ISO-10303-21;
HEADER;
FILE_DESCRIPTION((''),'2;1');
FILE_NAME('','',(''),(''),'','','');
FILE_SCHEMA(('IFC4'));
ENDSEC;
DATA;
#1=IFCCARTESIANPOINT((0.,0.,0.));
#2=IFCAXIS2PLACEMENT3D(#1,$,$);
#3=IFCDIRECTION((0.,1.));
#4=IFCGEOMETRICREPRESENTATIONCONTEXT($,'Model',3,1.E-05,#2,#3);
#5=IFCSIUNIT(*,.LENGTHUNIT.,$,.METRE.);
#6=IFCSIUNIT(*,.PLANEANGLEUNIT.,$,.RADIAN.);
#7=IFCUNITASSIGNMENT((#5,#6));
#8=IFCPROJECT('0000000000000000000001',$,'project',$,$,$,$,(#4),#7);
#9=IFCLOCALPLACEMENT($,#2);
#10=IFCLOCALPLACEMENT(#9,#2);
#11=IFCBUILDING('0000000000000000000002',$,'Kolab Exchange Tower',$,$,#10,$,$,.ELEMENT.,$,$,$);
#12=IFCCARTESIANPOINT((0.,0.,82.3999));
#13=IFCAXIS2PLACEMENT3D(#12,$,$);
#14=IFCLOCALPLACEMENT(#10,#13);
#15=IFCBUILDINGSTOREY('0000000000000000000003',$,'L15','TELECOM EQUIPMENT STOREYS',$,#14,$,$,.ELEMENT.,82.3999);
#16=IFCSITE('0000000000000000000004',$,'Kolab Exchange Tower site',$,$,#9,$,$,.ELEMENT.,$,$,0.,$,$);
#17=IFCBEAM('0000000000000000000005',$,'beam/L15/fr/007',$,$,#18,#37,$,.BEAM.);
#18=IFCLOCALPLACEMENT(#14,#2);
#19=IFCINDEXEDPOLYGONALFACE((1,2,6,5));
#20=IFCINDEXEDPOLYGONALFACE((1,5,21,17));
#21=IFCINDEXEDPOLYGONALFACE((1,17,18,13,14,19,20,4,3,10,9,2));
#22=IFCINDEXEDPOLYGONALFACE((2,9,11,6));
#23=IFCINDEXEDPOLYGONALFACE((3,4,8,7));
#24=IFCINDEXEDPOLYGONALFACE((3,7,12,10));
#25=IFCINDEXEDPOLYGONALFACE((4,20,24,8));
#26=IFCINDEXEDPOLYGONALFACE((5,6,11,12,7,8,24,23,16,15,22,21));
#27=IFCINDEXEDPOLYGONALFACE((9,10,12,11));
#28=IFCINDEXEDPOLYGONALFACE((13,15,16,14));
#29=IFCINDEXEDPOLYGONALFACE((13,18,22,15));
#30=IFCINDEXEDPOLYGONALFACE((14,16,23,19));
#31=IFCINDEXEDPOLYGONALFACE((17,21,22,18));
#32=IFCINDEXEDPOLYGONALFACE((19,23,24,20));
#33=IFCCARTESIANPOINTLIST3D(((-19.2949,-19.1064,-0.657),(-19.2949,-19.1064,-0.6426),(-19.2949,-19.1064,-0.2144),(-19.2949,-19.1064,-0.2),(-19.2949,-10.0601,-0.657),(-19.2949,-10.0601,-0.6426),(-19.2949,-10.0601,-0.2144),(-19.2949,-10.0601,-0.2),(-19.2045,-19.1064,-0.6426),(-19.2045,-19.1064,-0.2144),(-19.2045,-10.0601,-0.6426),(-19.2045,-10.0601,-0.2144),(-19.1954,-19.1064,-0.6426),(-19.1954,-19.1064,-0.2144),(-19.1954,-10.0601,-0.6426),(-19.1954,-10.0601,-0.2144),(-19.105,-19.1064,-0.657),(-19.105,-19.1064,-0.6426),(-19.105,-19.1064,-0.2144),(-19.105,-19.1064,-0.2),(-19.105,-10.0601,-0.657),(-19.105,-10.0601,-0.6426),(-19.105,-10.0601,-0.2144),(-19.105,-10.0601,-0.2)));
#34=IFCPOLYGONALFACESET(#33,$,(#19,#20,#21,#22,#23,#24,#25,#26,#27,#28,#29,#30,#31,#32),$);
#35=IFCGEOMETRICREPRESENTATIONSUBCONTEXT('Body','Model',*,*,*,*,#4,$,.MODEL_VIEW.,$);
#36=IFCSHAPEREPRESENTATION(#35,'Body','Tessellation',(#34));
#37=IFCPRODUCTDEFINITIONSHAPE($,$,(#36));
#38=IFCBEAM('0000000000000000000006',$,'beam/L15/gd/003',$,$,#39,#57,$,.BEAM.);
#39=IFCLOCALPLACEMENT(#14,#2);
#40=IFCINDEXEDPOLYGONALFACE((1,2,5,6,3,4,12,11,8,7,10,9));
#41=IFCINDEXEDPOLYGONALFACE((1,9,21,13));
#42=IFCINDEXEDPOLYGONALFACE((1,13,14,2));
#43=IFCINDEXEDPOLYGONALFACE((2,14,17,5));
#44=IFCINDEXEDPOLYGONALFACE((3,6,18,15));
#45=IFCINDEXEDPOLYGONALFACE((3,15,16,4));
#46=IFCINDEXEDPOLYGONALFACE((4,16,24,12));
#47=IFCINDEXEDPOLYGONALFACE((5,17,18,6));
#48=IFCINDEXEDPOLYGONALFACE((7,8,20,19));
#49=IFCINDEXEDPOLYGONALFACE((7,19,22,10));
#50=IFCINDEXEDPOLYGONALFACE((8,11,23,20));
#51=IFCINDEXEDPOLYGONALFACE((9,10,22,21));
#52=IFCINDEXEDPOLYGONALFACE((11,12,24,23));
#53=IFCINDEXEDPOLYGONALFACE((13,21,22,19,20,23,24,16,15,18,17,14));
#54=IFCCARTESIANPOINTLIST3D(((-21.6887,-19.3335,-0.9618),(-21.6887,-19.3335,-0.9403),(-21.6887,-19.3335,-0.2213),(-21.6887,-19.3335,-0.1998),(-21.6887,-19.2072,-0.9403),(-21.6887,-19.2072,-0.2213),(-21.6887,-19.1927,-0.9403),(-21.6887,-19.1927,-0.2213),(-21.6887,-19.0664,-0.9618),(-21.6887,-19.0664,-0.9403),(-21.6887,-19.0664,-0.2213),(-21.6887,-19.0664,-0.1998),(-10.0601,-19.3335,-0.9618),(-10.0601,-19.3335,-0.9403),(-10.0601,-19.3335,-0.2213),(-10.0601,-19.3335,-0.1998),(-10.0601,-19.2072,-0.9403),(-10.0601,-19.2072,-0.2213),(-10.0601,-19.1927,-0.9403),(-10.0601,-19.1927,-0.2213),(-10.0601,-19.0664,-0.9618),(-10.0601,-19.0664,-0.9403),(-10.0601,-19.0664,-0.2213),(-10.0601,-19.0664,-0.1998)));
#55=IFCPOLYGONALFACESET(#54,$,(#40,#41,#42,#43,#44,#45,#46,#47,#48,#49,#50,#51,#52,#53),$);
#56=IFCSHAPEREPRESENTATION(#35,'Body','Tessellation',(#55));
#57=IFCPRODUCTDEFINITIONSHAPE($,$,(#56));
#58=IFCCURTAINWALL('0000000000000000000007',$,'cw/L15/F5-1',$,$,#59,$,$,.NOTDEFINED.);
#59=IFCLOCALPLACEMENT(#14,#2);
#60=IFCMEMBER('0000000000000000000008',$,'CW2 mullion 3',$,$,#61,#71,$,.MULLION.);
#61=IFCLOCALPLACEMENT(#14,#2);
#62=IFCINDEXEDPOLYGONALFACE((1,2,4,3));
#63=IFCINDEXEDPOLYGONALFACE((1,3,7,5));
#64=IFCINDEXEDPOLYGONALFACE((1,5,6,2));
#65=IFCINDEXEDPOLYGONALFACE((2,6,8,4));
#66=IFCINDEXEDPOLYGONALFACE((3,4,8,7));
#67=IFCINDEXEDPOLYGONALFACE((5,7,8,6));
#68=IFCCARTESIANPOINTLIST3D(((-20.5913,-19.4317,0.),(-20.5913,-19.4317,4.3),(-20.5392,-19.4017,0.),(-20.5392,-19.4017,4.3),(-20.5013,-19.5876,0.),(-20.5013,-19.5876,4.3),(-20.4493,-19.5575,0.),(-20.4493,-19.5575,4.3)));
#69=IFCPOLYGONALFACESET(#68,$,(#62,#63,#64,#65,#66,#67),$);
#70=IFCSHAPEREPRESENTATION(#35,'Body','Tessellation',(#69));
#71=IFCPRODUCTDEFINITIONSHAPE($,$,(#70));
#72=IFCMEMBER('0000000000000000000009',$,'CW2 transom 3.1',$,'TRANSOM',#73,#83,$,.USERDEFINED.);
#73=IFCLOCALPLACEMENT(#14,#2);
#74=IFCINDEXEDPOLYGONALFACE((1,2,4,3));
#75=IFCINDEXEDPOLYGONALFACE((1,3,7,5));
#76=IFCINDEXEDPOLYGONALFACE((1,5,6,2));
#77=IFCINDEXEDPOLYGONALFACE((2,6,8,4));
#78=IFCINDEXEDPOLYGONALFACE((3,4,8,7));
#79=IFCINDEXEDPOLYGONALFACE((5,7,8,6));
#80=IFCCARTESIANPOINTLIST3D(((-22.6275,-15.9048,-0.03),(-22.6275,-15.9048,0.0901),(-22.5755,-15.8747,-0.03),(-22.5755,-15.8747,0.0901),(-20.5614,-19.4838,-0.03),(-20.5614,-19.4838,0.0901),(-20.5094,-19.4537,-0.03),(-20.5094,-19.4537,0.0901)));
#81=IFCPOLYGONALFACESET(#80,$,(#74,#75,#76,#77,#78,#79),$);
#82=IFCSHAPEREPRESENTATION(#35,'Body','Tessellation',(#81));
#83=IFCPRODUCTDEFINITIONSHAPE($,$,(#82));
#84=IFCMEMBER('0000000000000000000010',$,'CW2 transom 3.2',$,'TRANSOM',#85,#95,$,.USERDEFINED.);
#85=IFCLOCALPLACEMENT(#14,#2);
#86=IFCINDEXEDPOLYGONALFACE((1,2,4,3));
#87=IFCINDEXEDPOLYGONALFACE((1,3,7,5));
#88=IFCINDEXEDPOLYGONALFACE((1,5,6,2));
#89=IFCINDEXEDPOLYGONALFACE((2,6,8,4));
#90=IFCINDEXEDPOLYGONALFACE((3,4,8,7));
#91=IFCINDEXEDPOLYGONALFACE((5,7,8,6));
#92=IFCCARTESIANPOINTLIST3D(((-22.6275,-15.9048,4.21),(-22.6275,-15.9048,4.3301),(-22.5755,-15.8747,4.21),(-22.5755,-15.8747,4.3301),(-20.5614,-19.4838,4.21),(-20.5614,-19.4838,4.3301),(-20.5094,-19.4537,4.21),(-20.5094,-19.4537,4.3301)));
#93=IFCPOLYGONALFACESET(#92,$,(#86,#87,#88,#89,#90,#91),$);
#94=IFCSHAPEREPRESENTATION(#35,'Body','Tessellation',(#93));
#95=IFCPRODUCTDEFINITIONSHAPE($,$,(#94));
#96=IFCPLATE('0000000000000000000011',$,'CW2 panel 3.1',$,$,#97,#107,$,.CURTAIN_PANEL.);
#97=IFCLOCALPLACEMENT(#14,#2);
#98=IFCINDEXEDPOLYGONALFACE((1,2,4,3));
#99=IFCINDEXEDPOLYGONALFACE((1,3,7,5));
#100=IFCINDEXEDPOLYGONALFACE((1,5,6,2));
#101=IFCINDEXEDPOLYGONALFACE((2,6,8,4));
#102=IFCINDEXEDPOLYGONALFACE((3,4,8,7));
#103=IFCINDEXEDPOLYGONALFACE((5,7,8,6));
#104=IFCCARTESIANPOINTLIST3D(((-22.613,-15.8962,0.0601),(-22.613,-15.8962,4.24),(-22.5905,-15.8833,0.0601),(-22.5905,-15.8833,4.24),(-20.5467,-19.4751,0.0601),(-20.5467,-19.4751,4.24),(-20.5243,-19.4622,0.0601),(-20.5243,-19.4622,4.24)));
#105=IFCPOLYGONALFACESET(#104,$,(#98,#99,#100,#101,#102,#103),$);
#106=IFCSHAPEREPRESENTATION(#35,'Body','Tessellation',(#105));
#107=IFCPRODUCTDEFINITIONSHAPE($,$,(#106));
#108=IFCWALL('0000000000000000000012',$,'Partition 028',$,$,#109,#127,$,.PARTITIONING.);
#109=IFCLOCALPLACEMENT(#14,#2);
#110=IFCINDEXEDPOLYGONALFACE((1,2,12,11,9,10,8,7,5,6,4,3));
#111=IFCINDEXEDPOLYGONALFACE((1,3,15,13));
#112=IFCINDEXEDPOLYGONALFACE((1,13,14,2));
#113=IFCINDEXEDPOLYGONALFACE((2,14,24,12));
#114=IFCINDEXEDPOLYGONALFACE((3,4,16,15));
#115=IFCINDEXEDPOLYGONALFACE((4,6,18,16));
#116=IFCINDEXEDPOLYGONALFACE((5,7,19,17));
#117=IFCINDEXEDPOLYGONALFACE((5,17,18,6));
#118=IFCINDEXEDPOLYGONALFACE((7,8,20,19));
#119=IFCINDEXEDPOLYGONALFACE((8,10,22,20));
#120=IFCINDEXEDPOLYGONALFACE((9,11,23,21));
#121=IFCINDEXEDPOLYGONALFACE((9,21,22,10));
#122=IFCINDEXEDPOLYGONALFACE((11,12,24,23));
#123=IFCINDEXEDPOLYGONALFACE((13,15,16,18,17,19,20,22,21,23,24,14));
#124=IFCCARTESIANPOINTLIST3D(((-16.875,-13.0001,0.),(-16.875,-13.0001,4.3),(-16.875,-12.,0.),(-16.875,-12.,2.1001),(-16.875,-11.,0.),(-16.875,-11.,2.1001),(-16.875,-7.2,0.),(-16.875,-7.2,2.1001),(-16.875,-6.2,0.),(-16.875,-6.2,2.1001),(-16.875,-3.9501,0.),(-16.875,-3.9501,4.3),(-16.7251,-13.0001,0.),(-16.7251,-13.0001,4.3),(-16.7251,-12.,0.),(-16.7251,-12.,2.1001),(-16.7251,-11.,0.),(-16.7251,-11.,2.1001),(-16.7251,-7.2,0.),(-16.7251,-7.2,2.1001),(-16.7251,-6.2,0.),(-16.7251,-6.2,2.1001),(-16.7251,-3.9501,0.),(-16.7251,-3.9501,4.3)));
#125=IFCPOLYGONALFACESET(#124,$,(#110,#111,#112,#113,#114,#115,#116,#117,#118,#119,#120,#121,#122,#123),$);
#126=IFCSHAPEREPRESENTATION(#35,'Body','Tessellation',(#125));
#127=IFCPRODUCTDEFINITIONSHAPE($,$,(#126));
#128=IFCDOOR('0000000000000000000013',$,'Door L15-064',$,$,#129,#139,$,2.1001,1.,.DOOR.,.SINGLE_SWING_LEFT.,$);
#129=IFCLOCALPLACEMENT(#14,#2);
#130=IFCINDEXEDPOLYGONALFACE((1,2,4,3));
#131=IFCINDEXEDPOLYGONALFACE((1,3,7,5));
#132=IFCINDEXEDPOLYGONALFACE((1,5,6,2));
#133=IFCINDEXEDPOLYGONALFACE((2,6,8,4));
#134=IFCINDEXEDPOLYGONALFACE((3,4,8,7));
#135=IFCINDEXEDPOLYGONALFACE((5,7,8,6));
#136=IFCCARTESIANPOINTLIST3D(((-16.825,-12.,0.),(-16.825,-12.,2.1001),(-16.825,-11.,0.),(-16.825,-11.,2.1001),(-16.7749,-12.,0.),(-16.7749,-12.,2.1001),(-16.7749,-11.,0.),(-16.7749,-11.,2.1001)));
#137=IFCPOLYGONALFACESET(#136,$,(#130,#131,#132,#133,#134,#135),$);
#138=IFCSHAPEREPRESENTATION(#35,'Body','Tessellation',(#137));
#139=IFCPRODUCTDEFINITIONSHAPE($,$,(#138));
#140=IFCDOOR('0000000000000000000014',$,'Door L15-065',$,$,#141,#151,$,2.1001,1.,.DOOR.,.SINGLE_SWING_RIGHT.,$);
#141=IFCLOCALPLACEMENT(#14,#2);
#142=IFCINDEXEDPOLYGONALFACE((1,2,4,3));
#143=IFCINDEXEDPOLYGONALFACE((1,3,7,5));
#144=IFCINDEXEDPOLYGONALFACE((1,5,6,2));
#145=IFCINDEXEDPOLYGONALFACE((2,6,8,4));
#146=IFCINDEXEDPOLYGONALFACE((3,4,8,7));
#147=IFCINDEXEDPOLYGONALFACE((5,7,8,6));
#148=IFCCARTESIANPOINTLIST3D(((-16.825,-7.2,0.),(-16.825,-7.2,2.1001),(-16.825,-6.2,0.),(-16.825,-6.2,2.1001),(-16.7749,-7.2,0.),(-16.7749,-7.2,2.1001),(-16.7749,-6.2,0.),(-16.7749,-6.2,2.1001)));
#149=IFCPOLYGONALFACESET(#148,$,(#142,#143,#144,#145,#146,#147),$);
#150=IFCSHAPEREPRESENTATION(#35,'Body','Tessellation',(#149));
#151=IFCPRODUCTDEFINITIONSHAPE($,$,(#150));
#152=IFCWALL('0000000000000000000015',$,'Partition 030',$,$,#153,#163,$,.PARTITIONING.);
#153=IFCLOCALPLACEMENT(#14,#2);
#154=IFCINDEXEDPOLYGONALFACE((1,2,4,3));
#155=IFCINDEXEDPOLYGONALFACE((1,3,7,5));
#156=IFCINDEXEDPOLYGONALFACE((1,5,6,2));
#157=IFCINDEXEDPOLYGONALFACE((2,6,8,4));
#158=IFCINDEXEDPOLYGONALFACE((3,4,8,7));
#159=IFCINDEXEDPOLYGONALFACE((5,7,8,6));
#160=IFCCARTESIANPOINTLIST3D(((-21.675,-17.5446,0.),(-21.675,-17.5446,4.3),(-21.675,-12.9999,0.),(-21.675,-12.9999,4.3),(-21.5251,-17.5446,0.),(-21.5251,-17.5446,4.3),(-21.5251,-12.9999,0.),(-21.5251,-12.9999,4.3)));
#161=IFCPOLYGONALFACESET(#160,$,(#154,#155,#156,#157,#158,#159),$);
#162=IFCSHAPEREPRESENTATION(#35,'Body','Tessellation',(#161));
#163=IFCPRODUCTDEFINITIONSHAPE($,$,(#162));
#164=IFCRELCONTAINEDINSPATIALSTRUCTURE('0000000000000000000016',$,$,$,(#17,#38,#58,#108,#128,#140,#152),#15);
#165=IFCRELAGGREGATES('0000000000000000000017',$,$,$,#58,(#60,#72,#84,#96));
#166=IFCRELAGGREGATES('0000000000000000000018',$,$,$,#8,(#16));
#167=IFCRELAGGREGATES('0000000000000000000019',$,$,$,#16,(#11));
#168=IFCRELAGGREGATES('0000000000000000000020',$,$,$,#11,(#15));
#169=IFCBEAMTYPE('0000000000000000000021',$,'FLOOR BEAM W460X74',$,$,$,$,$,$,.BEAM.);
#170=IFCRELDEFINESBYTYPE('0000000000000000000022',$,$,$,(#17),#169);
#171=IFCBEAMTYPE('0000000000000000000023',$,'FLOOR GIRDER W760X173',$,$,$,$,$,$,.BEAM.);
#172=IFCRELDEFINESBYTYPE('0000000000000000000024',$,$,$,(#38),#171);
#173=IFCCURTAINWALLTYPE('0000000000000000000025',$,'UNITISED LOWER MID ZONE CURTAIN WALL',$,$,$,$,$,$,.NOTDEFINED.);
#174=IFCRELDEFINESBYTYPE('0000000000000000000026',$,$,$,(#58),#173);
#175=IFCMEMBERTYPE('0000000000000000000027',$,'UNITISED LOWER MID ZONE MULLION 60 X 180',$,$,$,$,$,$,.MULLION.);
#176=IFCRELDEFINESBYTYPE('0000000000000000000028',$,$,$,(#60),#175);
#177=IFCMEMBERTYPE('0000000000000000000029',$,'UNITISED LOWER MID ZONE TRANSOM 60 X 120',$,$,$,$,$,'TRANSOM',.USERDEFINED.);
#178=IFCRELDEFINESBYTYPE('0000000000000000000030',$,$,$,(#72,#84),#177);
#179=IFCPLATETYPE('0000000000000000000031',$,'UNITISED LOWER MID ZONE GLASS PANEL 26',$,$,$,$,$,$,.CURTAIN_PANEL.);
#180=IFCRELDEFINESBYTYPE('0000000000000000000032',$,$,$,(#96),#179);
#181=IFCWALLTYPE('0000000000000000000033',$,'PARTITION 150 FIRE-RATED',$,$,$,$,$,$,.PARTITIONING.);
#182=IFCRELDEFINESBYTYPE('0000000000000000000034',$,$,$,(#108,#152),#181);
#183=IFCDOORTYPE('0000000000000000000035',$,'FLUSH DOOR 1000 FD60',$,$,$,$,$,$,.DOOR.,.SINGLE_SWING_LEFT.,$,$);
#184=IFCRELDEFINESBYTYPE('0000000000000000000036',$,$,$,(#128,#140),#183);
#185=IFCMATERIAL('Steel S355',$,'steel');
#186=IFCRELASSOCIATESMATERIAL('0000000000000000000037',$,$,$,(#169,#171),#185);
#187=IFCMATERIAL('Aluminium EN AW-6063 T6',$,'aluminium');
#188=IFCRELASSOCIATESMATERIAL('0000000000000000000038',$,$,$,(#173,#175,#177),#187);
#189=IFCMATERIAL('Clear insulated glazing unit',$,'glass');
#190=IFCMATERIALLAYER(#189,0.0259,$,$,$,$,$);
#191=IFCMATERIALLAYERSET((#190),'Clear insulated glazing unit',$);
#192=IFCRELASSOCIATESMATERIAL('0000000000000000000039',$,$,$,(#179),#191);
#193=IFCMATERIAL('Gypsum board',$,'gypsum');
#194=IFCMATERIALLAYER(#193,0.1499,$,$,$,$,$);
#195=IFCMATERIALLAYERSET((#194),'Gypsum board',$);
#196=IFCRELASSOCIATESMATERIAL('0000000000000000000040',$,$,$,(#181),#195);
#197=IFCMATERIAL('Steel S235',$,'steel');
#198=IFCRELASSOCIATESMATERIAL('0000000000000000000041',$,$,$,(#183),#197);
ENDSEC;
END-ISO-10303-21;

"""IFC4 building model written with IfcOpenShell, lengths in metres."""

from ifc_helpers import new_model, si_unit, direction, frame, frame_2d, origin, origin_2d, place, context, subcontext, project, spatial, rectangle, i_section, extrude, material, layer, layer_set, material_profile, profile_set, type_object, element, fill, aggregate, save


model = new_model("IFC4")

# Units and contexts
model_context = context("Model", 3, precision=1e-05, world=origin(), true_north=direction((0.0, 1.0)))
body_context = subcontext(model_context, "Body", "Model", "MODEL_VIEW")
ifc_project = project(units=[si_unit("LENGTHUNIT", "METRE"), si_unit("PLANEANGLEUNIT", "RADIAN")], contexts=[model_context])

# Site, building, storey
site_placement = place(None, origin())
site = spatial("IfcSite", under=ifc_project, at=site_placement, Name="Kolab Exchange Tower site", CompositionType="ELEMENT", RefElevation=0.0)
building_placement = place(site_placement, origin())
building = spatial("IfcBuilding", under=site, at=building_placement, Name="Kolab Exchange Tower", CompositionType="ELEMENT")
storey_placement = place(building_placement, frame((0.0, 0.0, 82.3999)))
storey = spatial("IfcBuildingStorey", under=building, at=storey_placement, Name="L15", Description="TELECOM EQUIPMENT STOREYS", CompositionType="ELEMENT", Elevation=82.3999)

# Beams
ifc_material_1 = material(Name="Steel S355", Category="steel")
ifc_material_profile_1 = material_profile(ifc_material_1, i_section(OverallWidth=0.1899, OverallDepth=0.457, WebThickness=0.009, FlangeThickness=0.0144, at=origin_2d()), Name="W460X74")
ifc_profile_set_1 = profile_set([ifc_material_profile_1], Name="Steel S355")
beam_type_1 = type_object("IfcBeamType", Name="FLOOR BEAM W460X74", PredefinedType="BEAM", material=ifc_profile_set_1)
beam_1_placement = place(storey_placement, frame((-19.2, -19.1064, -0.4285), z_axis=(0.0, 1.0, 0.0), x_axis=(-1.0, 0.0, 0.0)))
element("IfcBeam", 1, at=beam_1_placement, inside=storey, type_object=beam_type_1, Name="beam/L15/fr/007", PredefinedType="BEAM", context=body_context, shape_type="SweptSolid", body=[
    extrude(i_section(OverallWidth=0.1899, OverallDepth=0.457, WebThickness=0.009, FlangeThickness=0.0144, at=origin_2d()), origin(), (0.0, 0.0, 1.0), 9.0464),
])
ifc_material_profile_2 = material_profile(ifc_material_1, i_section(OverallWidth=0.2671, OverallDepth=0.762, WebThickness=0.0144, FlangeThickness=0.0215, at=origin_2d()), Name="W760X173")
ifc_profile_set_2 = profile_set([ifc_material_profile_2], Name="Steel S355")
beam_type_2 = type_object("IfcBeamType", Name="FLOOR GIRDER W760X173", PredefinedType="BEAM", material=ifc_profile_set_2)
beam_2_placement = place(storey_placement, frame((-21.6887, -19.2, -0.5808), z_axis=(1.0, 0.0, 0.0), x_axis=(0.0, 1.0, 0.0)))
element("IfcBeam", 2, at=beam_2_placement, inside=storey, type_object=beam_type_2, Name="beam/L15/gd/003", PredefinedType="BEAM", context=body_context, shape_type="SweptSolid", body=[
    extrude(i_section(OverallWidth=0.2671, OverallDepth=0.762, WebThickness=0.0144, FlangeThickness=0.0215, at=origin_2d()), origin(), (0.0, 0.0, 1.0), 11.6287),
])

# Curtain wall, members, plate
ifc_material_2 = material(Name="Aluminium EN AW-6063 T6", Category="aluminium")
curtain_wall_type = type_object("IfcCurtainWallType", Name="UNITISED LOWER MID ZONE CURTAIN WALL", PredefinedType="NOTDEFINED", material=ifc_material_2)
curtain_wall_placement = place(storey_placement, origin())
curtain_wall = element("IfcCurtainWall", 3, at=curtain_wall_placement, inside=storey, type_object=curtain_wall_type, Name="cw/L15/F5-1", PredefinedType="NOTDEFINED")
ifc_material_profile_3 = material_profile(ifc_material_2, rectangle(XDim=0.0601, YDim=0.1799, at=origin_2d()), Name="RECT 60X180")
ifc_profile_set_3 = profile_set([ifc_material_profile_3], Name="Aluminium EN AW-6063 T6")
member_type_1 = type_object("IfcMemberType", Name="UNITISED LOWER MID ZONE MULLION 60 X 180", PredefinedType="MULLION", material=ifc_profile_set_3)
member_1_placement = place(storey_placement, frame((-20.5203, -19.4946, 0.0), z_axis=(0.0, 0.0, 1.0), x_axis=(-0.866025, -0.5, 0.0)))
member_1 = element("IfcMember", 4, at=member_1_placement, type_object=member_type_1, Name="CW2 mullion 3", PredefinedType="MULLION", context=body_context, shape_type="SweptSolid", body=[
    extrude(rectangle(XDim=0.0601, YDim=0.1799, at=origin_2d()), origin(), (0.0, 0.0, 1.0), 4.3),
])
ifc_material_profile_4 = material_profile(ifc_material_2, rectangle(XDim=0.0601, YDim=0.1201, at=origin_2d()), Name="RECT 60X120")
ifc_profile_set_4 = profile_set([ifc_material_profile_4], Name="Aluminium EN AW-6063 T6")
member_type_2 = type_object("IfcMemberType", Name="UNITISED LOWER MID ZONE TRANSOM 60 X 120", ElementType="TRANSOM", PredefinedType="USERDEFINED", material=ifc_profile_set_4)
member_2_placement = place(storey_placement, frame((-20.5354, -19.4688, 0.03), z_axis=(-0.499958, 0.86605, 0.0), x_axis=(-0.86605, -0.499958, 0.0)))
member_2 = element("IfcMember", 5, at=member_2_placement, type_object=member_type_2, Name="CW2 transom 3.1", ObjectType="TRANSOM", PredefinedType="USERDEFINED", context=body_context, shape_type="SweptSolid", body=[
    extrude(rectangle(XDim=0.0601, YDim=0.1201, at=origin_2d()), origin(), (0.0, 0.0, 1.0), 4.1326),
])
member_3_placement = place(storey_placement, frame((-20.5354, -19.4688, 4.27), z_axis=(-0.499958, 0.86605, 0.0), x_axis=(-0.86605, -0.499958, 0.0)))
member_3 = element("IfcMember", 6, at=member_3_placement, type_object=member_type_2, Name="CW2 transom 3.2", ObjectType="TRANSOM", PredefinedType="USERDEFINED", context=body_context, shape_type="SweptSolid", body=[
    extrude(rectangle(XDim=0.0601, YDim=0.1201, at=origin_2d()), origin(), (0.0, 0.0, 1.0), 4.1326),
])
ifc_material_3 = material(Name="Clear insulated glazing unit", Category="glass")
ifc_layer_1 = layer(ifc_material_3, 0.0259)
ifc_layer_set_1 = layer_set([ifc_layer_1], Name="Clear insulated glazing unit")
plate_type = type_object("IfcPlateType", Name="UNITISED LOWER MID ZONE GLASS PANEL 26", PredefinedType="CURTAIN_PANEL", material=ifc_layer_set_1)
plate_placement = place(storey_placement, frame((-21.5686, -17.6792, 0.0601), z_axis=(0.0, 0.0, 1.0), x_axis=(-0.5, 0.866025, 0.0)))
plate = element("IfcPlate", 7, at=plate_placement, type_object=plate_type, Name="CW2 panel 3.1", PredefinedType="CURTAIN_PANEL", context=body_context, shape_type="SweptSolid", body=[
    extrude(rectangle(XDim=4.1326, YDim=0.0259, at=origin_2d()), origin(), (0.0, 0.0, 1.0), 4.1799),
])
aggregate(curtain_wall, [member_1, member_2, member_3, plate])

# Wall, openings, doors
ifc_material_4 = material(Name="Gypsum board", Category="gypsum")
ifc_layer_2 = layer(ifc_material_4, 0.1499)
ifc_layer_set_2 = layer_set([ifc_layer_2], Name="Gypsum board")
wall_type = type_object("IfcWallType", Name="PARTITION 150 FIRE-RATED", PredefinedType="PARTITIONING", material=ifc_layer_set_2)
wall_1_placement = place(storey_placement, frame((-16.8, -13.0, 0.0), z_axis=(0.0, 0.0, 1.0), x_axis=(0.0, 1.0, 0.0)))
wall_1 = element("IfcWall", 8, at=wall_1_placement, inside=storey, type_object=wall_type, Name="Partition 028", PredefinedType="PARTITIONING", context=body_context, shape_type="SweptSolid", body=[
    extrude(rectangle(XDim=9.05, YDim=0.1499, at=frame_2d((4.5249, 0.0))), origin(), (0.0, 0.0, 1.0), 4.3),
])
opening_1_placement = place(wall_1_placement, frame((1.0, 0.0, 0.0)))
opening_1 = element("IfcOpeningElement", 9, at=opening_1_placement, cuts=wall_1, PredefinedType="OPENING", context=body_context, shape_type="SweptSolid", body=[
    extrude(rectangle(XDim=1.0, YDim=2.1001, at=frame_2d((0.5, 1.05))), frame((0.0, 0.085, 0.0), z_axis=(0.0, -1.0, 0.0), x_axis=(1.0, 0.0, 0.0)), (0.0, 0.0, 1.0), 0.1699),
])
opening_2_placement = place(wall_1_placement, frame((5.8, 0.0, 0.0)))
opening_2 = element("IfcOpeningElement", 10, at=opening_2_placement, cuts=wall_1, PredefinedType="OPENING", context=body_context, shape_type="SweptSolid", body=[
    extrude(rectangle(XDim=1.0, YDim=2.1001, at=frame_2d((0.5, 1.05))), frame((0.0, 0.085, 0.0), z_axis=(0.0, -1.0, 0.0), x_axis=(1.0, 0.0, 0.0)), (0.0, 0.0, 1.0), 0.1699),
])
ifc_material_5 = material(Name="Steel S235", Category="steel")
door_type_1 = type_object("IfcDoorType", Name="FLUSH DOOR 1000 FD60", OperationType="SINGLE_SWING_LEFT", PredefinedType="DOOR", material=ifc_material_5)
door_1_placement = place(opening_1_placement, origin())
door_1 = element("IfcDoor", 11, at=door_1_placement, inside=storey, type_object=door_type_1, Name="Door L15-064", OperationType="SINGLE_SWING_LEFT", OverallHeight=2.1001, OverallWidth=1.0, PredefinedType="DOOR", context=body_context, shape_type="SweptSolid", body=[
    extrude(rectangle(XDim=1.0, YDim=2.1001, at=frame_2d((0.5, 1.05))), frame((0.0, 0.0249, 0.0), z_axis=(0.0, -1.0, 0.0), x_axis=(1.0, 0.0, 0.0)), (0.0, 0.0, 1.0), 0.05),
])
fill(opening_1, door_1)
door_2_placement = place(opening_2_placement, origin())
door_2 = element("IfcDoor", 12, at=door_2_placement, inside=storey, type_object=door_type_1, Name="Door L15-065", OperationType="SINGLE_SWING_RIGHT", OverallHeight=2.1001, OverallWidth=1.0, PredefinedType="DOOR", context=body_context, shape_type="SweptSolid", body=[
    extrude(rectangle(XDim=1.0, YDim=2.1001, at=frame_2d((0.5, 1.05))), frame((0.0, 0.0249, 0.0), z_axis=(0.0, -1.0, 0.0), x_axis=(1.0, 0.0, 0.0)), (0.0, 0.0, 1.0), 0.05),
])
fill(opening_2, door_2)

# Wall
wall_2_placement = place(storey_placement, frame((-21.6001, -17.5447, 0.0), z_axis=(0.0, 0.0, 1.0), x_axis=(0.0, 1.0, 0.0)))
element("IfcWall", 13, at=wall_2_placement, inside=storey, type_object=wall_type, Name="Partition 030", PredefinedType="PARTITIONING", context=body_context, shape_type="SweptSolid", body=[
    extrude(rectangle(XDim=4.5447, YDim=0.1499, at=frame_2d((2.2725, 0.0))), origin(), (0.0, 0.0, 1.0), 4.3),
])

save(model, "model.ifc")
